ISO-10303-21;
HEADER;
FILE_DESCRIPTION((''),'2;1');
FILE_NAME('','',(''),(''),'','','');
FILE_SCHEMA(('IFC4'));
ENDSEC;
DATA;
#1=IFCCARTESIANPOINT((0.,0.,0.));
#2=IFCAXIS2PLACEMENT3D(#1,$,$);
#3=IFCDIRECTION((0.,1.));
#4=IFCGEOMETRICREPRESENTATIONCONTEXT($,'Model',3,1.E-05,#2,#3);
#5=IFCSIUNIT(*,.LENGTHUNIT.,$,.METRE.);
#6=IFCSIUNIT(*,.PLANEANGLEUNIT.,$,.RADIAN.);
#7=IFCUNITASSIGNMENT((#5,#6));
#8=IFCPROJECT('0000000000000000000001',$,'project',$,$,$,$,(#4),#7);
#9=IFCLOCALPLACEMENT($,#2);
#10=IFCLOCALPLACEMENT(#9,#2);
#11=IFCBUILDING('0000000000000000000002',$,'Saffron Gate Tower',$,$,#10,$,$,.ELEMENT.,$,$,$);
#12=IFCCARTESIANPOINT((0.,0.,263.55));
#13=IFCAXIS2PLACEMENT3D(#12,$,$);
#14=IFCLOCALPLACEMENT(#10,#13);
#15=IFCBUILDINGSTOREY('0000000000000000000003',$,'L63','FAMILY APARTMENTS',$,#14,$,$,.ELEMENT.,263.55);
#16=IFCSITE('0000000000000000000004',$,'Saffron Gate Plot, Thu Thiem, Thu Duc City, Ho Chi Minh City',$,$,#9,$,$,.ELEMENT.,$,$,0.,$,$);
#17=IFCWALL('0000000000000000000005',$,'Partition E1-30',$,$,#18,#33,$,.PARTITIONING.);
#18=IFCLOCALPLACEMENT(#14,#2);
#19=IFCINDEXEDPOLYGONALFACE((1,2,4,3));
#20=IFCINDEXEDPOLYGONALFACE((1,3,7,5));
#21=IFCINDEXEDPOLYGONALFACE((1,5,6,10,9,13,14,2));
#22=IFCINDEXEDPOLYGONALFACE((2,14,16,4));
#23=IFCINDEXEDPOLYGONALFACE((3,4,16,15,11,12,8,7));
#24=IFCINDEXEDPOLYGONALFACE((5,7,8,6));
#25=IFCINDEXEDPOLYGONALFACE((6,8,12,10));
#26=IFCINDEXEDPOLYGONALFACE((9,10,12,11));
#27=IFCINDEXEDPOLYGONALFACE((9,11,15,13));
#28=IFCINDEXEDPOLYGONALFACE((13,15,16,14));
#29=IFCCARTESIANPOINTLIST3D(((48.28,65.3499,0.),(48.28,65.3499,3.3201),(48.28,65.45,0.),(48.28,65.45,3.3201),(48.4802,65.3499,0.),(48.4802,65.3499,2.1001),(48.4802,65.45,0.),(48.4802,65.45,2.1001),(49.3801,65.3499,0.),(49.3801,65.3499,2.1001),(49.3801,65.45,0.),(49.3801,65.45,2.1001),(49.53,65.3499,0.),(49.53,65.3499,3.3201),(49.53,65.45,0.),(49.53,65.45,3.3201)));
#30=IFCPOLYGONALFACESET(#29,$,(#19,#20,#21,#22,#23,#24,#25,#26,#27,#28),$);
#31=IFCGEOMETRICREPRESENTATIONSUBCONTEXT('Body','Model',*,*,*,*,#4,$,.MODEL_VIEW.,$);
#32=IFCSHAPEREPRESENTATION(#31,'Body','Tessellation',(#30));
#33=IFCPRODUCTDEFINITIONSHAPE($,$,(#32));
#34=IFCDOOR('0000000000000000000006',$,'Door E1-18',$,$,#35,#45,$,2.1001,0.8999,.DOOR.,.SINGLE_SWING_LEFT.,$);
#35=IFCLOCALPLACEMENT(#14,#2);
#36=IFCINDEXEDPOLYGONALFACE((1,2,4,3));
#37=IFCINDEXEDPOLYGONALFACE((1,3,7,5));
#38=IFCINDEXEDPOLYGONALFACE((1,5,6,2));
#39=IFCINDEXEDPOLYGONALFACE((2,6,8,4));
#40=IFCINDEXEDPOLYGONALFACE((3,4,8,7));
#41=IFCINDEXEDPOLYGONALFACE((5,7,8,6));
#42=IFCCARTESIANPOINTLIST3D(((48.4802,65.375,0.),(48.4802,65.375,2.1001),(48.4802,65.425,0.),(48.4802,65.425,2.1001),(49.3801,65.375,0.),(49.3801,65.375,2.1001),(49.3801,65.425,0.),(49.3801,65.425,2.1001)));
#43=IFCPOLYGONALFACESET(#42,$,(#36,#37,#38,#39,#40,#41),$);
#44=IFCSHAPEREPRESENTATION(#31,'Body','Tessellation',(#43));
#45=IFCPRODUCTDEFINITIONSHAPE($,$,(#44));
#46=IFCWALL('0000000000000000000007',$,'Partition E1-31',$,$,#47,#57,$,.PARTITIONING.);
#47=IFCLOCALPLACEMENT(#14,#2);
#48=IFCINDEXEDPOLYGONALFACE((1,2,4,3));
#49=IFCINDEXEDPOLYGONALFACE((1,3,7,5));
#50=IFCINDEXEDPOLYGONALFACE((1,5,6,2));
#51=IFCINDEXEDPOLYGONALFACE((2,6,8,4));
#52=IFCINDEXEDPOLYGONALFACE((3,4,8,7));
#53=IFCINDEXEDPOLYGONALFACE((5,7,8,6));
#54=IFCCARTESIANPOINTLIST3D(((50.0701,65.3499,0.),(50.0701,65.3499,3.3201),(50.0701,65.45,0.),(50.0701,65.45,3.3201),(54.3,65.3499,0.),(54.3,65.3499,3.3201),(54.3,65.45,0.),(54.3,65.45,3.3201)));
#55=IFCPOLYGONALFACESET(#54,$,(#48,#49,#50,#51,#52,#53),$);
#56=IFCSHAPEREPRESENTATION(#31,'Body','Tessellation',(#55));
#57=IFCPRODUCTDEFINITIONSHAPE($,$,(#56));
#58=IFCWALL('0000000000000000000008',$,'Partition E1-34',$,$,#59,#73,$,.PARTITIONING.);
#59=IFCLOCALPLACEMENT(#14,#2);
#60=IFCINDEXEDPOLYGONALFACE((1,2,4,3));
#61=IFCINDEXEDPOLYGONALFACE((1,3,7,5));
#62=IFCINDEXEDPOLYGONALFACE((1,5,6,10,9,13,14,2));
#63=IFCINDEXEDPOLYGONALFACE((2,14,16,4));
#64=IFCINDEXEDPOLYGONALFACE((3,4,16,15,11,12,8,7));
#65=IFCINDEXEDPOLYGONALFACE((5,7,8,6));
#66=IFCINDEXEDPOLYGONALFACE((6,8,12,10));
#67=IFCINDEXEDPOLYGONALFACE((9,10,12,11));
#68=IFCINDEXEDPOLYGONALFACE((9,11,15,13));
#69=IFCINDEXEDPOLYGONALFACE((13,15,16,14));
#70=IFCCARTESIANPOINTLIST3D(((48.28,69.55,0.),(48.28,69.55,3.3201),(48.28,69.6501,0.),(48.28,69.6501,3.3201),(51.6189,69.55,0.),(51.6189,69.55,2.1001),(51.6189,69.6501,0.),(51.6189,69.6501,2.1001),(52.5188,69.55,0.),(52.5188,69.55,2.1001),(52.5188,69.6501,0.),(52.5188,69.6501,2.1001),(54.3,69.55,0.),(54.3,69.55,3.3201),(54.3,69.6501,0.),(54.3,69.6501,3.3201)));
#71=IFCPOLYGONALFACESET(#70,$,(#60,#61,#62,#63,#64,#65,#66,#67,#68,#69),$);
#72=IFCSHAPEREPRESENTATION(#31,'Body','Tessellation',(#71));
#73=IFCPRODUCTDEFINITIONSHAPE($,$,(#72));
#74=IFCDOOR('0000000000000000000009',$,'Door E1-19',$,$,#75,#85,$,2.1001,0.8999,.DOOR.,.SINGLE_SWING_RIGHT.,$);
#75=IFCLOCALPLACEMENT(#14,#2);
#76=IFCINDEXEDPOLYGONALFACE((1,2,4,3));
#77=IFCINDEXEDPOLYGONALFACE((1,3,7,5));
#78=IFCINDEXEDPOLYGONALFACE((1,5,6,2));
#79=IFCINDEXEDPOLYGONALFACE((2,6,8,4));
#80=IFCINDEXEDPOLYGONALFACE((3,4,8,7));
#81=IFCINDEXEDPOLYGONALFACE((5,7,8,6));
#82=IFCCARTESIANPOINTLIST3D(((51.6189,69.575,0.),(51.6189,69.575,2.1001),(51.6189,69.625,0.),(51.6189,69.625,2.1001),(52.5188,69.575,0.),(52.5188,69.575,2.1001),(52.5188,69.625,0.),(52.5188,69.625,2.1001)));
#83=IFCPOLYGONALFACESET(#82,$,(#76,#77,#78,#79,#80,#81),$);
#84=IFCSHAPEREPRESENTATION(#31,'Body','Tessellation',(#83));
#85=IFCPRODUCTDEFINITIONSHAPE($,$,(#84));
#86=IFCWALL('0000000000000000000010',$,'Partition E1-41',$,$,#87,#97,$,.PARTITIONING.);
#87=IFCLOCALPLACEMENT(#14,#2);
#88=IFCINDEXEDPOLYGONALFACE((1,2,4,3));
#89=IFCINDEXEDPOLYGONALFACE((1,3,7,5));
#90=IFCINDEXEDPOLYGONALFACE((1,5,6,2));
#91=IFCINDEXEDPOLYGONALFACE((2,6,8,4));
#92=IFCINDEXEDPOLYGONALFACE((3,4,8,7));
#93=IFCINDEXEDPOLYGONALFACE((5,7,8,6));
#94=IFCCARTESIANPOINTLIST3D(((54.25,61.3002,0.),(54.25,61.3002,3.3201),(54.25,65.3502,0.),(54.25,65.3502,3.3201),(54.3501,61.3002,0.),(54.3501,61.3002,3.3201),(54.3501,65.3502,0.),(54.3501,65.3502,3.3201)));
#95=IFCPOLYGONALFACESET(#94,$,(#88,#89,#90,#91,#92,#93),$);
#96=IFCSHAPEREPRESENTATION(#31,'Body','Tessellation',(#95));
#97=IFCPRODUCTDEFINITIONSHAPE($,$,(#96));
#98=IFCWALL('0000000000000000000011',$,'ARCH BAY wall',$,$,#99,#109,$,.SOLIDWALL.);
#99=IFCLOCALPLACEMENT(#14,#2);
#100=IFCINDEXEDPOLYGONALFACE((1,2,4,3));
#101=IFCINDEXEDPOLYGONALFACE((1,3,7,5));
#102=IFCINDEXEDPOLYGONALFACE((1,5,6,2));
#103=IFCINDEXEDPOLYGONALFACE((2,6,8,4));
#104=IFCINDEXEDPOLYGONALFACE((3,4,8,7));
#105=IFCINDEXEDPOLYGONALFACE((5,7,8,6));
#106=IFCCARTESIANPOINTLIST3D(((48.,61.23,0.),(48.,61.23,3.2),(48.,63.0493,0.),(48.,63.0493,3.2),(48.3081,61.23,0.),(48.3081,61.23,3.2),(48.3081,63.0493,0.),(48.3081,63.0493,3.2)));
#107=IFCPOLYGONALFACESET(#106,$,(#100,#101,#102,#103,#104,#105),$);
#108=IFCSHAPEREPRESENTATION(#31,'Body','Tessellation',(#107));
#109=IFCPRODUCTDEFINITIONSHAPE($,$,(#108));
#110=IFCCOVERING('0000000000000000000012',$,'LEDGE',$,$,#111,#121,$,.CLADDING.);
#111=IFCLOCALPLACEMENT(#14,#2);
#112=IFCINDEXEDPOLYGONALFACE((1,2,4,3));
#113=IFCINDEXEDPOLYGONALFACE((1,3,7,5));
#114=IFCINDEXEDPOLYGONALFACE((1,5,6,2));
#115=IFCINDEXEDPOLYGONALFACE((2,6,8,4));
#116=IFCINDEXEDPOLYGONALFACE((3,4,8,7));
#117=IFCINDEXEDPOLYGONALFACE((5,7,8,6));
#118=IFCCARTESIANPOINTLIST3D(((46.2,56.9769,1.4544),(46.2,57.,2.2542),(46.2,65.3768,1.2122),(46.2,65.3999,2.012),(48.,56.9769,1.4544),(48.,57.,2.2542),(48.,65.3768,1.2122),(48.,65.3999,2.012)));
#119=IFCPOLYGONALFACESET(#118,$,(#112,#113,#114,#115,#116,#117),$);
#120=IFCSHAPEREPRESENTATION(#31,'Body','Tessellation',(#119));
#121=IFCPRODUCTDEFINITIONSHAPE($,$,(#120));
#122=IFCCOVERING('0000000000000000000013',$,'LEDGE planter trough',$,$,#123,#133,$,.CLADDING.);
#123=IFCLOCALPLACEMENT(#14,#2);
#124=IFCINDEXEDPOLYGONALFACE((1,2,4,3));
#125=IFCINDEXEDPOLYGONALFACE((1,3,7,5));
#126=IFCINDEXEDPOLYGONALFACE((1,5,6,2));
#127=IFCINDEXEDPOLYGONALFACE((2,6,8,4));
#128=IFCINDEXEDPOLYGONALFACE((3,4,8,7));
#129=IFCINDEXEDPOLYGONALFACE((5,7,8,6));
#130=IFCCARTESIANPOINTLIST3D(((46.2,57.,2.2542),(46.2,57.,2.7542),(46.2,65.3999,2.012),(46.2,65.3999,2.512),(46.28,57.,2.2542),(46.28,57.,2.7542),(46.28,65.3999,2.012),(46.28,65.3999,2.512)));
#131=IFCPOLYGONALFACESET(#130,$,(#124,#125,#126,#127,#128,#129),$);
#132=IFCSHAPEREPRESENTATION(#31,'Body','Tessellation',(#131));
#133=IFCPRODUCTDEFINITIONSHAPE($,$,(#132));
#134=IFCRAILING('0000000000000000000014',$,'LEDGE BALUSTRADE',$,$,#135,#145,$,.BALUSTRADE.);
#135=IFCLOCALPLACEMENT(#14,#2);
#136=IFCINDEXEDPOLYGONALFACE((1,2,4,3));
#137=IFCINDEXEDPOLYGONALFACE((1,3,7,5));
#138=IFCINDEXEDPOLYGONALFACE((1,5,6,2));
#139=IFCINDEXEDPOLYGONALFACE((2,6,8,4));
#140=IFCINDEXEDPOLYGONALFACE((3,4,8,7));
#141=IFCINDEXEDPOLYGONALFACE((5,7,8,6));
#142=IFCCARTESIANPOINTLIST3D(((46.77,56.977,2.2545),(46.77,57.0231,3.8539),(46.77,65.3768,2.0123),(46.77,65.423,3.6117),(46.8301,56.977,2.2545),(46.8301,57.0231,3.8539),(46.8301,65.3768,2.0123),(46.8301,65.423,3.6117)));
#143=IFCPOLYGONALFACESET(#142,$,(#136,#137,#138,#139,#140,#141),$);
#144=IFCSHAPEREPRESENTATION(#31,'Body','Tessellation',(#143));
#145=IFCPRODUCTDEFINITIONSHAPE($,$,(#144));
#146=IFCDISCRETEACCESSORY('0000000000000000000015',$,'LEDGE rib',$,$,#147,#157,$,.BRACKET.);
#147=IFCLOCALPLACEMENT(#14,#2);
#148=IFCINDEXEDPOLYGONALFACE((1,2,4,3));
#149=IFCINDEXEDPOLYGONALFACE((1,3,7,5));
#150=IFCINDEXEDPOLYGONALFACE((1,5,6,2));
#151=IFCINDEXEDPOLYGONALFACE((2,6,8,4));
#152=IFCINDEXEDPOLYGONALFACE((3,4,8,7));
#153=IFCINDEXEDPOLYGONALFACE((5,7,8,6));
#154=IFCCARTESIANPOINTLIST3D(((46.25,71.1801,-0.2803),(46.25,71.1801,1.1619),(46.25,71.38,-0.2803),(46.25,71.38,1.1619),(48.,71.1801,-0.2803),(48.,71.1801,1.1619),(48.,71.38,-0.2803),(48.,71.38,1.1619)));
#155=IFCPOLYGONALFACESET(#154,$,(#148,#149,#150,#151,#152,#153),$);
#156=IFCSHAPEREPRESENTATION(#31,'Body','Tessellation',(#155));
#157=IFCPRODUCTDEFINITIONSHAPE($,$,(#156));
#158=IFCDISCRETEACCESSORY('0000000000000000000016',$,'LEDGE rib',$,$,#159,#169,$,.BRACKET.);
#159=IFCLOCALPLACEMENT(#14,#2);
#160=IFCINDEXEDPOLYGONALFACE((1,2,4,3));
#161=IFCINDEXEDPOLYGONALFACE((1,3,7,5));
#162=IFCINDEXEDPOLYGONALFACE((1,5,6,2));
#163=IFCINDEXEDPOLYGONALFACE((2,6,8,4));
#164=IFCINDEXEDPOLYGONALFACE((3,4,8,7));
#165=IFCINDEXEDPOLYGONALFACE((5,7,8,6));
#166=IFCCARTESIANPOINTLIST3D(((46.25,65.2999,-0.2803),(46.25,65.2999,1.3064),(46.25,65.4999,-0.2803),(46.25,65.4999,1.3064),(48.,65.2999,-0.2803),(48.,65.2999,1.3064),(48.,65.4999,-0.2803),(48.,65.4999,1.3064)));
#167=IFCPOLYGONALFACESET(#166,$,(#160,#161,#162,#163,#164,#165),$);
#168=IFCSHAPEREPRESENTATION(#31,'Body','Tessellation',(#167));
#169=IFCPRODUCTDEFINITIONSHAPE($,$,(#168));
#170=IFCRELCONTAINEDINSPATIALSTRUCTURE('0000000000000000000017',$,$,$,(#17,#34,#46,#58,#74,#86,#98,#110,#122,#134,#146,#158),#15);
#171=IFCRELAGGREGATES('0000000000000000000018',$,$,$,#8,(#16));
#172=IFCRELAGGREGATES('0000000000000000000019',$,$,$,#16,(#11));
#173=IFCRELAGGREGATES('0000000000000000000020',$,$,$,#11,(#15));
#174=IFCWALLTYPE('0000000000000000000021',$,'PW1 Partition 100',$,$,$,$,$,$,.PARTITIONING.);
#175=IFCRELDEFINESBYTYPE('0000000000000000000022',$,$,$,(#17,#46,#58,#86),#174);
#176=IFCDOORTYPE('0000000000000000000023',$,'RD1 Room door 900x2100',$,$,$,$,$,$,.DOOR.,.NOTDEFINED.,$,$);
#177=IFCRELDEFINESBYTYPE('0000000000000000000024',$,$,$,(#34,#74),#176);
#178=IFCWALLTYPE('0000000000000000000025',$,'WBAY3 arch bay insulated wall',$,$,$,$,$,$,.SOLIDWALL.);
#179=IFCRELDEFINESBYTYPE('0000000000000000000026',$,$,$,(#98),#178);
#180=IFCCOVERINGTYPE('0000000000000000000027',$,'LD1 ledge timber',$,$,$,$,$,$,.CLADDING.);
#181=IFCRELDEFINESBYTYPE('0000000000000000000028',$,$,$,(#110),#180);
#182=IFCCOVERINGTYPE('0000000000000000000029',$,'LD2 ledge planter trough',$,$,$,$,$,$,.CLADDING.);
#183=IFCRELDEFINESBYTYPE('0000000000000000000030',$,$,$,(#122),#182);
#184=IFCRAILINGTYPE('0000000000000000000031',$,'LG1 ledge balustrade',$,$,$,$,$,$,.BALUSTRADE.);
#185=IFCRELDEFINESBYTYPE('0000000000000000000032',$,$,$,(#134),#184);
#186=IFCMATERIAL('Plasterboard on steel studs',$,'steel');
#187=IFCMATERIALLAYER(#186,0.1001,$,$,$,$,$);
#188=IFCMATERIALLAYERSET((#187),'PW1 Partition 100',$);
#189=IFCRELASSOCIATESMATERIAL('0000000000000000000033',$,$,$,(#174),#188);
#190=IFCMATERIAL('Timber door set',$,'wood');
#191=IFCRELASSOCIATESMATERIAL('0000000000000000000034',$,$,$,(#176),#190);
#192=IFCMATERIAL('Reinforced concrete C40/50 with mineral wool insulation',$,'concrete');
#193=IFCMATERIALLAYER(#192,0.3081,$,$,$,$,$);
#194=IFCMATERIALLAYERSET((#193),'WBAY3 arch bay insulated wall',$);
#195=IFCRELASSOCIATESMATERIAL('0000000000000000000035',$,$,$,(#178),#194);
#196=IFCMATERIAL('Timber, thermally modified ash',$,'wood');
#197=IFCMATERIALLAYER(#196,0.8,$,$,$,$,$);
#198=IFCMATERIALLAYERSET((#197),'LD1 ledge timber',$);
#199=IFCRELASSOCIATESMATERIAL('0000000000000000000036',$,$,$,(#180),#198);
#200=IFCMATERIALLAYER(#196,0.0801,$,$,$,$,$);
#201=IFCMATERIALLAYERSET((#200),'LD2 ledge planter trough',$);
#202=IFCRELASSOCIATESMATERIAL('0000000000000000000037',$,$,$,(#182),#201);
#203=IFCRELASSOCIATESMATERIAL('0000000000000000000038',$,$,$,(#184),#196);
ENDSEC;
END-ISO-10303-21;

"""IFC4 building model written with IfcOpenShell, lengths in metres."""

from ifc_helpers import new_model, si_unit, direction, frame, frame_2d, origin, origin_2d, place, context, subcontext, project, spatial, polyline, rectangle, outline, extrude, material, layer, layer_set, type_object, element, fill, save


model = new_model("IFC4")

# Units and contexts
model_context = context("Model", 3, precision=1e-05, world=origin(), true_north=direction((0.0, 1.0)))
body_context = subcontext(model_context, "Body", "Model", "MODEL_VIEW")
ifc_project = project(units=[si_unit("LENGTHUNIT", "METRE"), si_unit("PLANEANGLEUNIT", "RADIAN")], contexts=[model_context])

# Site, building, storey
site_placement = place(None, origin())
site = spatial("IfcSite", under=ifc_project, at=site_placement, Name="Saffron Gate Plot, Thu Thiem, Thu Duc City, Ho Chi Minh City", CompositionType="ELEMENT", RefElevation=0.0)
building_placement = place(site_placement, origin())
building = spatial("IfcBuilding", under=site, at=building_placement, Name="Saffron Gate Tower", CompositionType="ELEMENT")
storey_placement = place(building_placement, frame((0.0, 0.0, 263.55)))
storey = spatial("IfcBuildingStorey", under=building, at=storey_placement, Name="L63", Description="FAMILY APARTMENTS", CompositionType="ELEMENT", Elevation=263.55)

# Wall, opening, door
ifc_material_1 = material(Name="Plasterboard on steel studs", Category="steel")
ifc_layer_1 = layer(ifc_material_1, 0.1001)
ifc_layer_set_1 = layer_set([ifc_layer_1], Name="PW1 Partition 100")
wall_type_1 = type_object("IfcWallType", Name="PW1 Partition 100", PredefinedType="PARTITIONING", material=ifc_layer_set_1)
wall_1_placement = place(storey_placement, frame((49.53, 65.3999, 0.0), z_axis=(0.0, 0.0, 1.0), x_axis=(-1.0, 0.0, 0.0)))
wall_1 = element("IfcWall", 1, at=wall_1_placement, inside=storey, type_object=wall_type_1, Name="Partition E1-30", PredefinedType="PARTITIONING", context=body_context, shape_type="SweptSolid", body=[
    extrude(rectangle(XDim=1.25, YDim=0.1001, at=frame_2d((0.625, 0.0))), origin(), (0.0, 0.0, 1.0), 3.3201),
])
opening_1_placement = place(wall_1_placement, frame((0.1499, 0.0, 0.0)))
opening_1 = element("IfcOpeningElement", 2, at=opening_1_placement, cuts=wall_1, PredefinedType="OPENING", context=body_context, shape_type="SweptSolid", body=[
    extrude(rectangle(XDim=0.8999, YDim=2.1001, at=frame_2d((0.45, 1.05))), frame((0.0, 0.0601, 0.0), z_axis=(0.0, -1.0, 0.0), x_axis=(1.0, 0.0, 0.0)), (0.0, 0.0, 1.0), 0.1201),
])
ifc_material_2 = material(Name="Timber door set", Category="wood")
door_type = type_object("IfcDoorType", Name="RD1 Room door 900x2100", OperationType="NOTDEFINED", PredefinedType="DOOR", material=ifc_material_2)
door_1_placement = place(opening_1_placement, origin())
door_1 = element("IfcDoor", 3, at=door_1_placement, inside=storey, type_object=door_type, Name="Door E1-18", OperationType="SINGLE_SWING_LEFT", OverallHeight=2.1001, OverallWidth=0.8999, PredefinedType="DOOR", context=body_context, shape_type="SweptSolid", body=[
    extrude(rectangle(XDim=0.8999, YDim=2.1001, at=frame_2d((0.45, 1.05))), frame((0.0, 0.0249, 0.0), z_axis=(0.0, -1.0, 0.0), x_axis=(1.0, 0.0, 0.0)), (0.0, 0.0, 1.0), 0.05),
])
fill(opening_1, door_1)

# Wall
wall_2_placement = place(storey_placement, frame((50.0701, 65.3999, 0.0), z_axis=(0.0, 0.0, 1.0), x_axis=(1.0, 0.0, 0.0)))
element("IfcWall", 4, at=wall_2_placement, inside=storey, type_object=wall_type_1, Name="Partition E1-31", PredefinedType="PARTITIONING", context=body_context, shape_type="SweptSolid", body=[
    extrude(rectangle(XDim=4.23, YDim=0.1001, at=frame_2d((2.115, 0.0))), origin(), (0.0, 0.0, 1.0), 3.3201),
])

# Wall, opening, door
wall_3_placement = place(storey_placement, frame((48.28, 69.6001, 0.0), z_axis=(0.0, 0.0, 1.0), x_axis=(1.0, 0.0, 0.0)))
wall_3 = element("IfcWall", 5, at=wall_3_placement, inside=storey, type_object=wall_type_1, Name="Partition E1-34", PredefinedType="PARTITIONING", context=body_context, shape_type="SweptSolid", body=[
    extrude(rectangle(XDim=6.02, YDim=0.1001, at=frame_2d((3.01, 0.0))), origin(), (0.0, 0.0, 1.0), 3.3201),
])
opening_2_placement = place(wall_3_placement, frame((3.3389, 0.0, 0.0)))
opening_2 = element("IfcOpeningElement", 6, at=opening_2_placement, cuts=wall_3, PredefinedType="OPENING", context=body_context, shape_type="SweptSolid", body=[
    extrude(rectangle(XDim=0.8999, YDim=2.1001, at=frame_2d((0.45, 1.05))), frame((0.0, 0.0601, 0.0), z_axis=(0.0, -1.0, 0.0), x_axis=(1.0, 0.0, 0.0)), (0.0, 0.0, 1.0), 0.1201),
])
door_2_placement = place(opening_2_placement, origin())
door_2 = element("IfcDoor", 7, at=door_2_placement, inside=storey, type_object=door_type, Name="Door E1-19", OperationType="SINGLE_SWING_RIGHT", OverallHeight=2.1001, OverallWidth=0.8999, PredefinedType="DOOR", context=body_context, shape_type="SweptSolid", body=[
    extrude(rectangle(XDim=0.8999, YDim=2.1001, at=frame_2d((0.45, 1.05))), frame((0.0, 0.0249, 0.0), z_axis=(0.0, -1.0, 0.0), x_axis=(1.0, 0.0, 0.0)), (0.0, 0.0, 1.0), 0.05),
])
fill(opening_2, door_2)

# Walls
wall_4_placement = place(storey_placement, frame((54.3, 65.3501, 0.0), z_axis=(0.0, 0.0, 1.0), x_axis=(0.0, -1.0, 0.0)))
element("IfcWall", 8, at=wall_4_placement, inside=storey, type_object=wall_type_1, Name="Partition E1-41", PredefinedType="PARTITIONING", context=body_context, shape_type="SweptSolid", body=[
    extrude(rectangle(XDim=4.05, YDim=0.1001, at=frame_2d((2.0249, 0.0))), origin(), (0.0, 0.0, 1.0), 3.3201),
])
ifc_material_3 = material(Name="Reinforced concrete C40/50 with mineral wool insulation", Category="concrete")
ifc_layer_2 = layer(ifc_material_3, 0.3081)
ifc_layer_set_2 = layer_set([ifc_layer_2], Name="WBAY3 arch bay insulated wall")
wall_type_2 = type_object("IfcWallType", Name="WBAY3 arch bay insulated wall", PredefinedType="SOLIDWALL", material=ifc_layer_set_2)
wall_5_placement = place(storey_placement, frame((48.1541, 61.23, 0.0), z_axis=(0.0, 0.0, 1.0), x_axis=(0.0, 1.0, 0.0)))
element("IfcWall", 9, at=wall_5_placement, inside=storey, type_object=wall_type_2, Name="ARCH BAY wall", PredefinedType="SOLIDWALL", context=body_context, shape_type="SweptSolid", body=[
    extrude(rectangle(XDim=1.8193, YDim=0.3081, at=frame_2d((0.9097, 0.0))), origin(), (0.0, 0.0, 1.0), 3.2),
])

# Coverings
ifc_material_4 = material(Name="Timber, thermally modified ash", Category="wood")
ifc_layer_3 = layer(ifc_material_4, 0.8)
ifc_layer_set_3 = layer_set([ifc_layer_3], Name="LD1 ledge timber")
covering_type_1 = type_object("IfcCoveringType", Name="LD1 ledge timber", PredefinedType="CLADDING", material=ifc_layer_set_3)
covering_1_placement = place(storey_placement, frame((48.0, 65.3999, 2.012), z_axis=(0.0, 0.02882, 0.999585), x_axis=(0.0, -0.999585, 0.02882)))
element("IfcCovering", 10, at=covering_1_placement, inside=storey, type_object=covering_type_1, Name="LEDGE", PredefinedType="CLADDING", context=body_context, shape_type="SweptSolid", body=[
    extrude(outline(polyline([(0.0, 0.0), (8.4034, 0.0), (8.4034, -1.8), (0.0, -1.8), (0.0, 0.0)])), origin(), (0.0, 0.0, -1.0), 0.8),
])
ifc_layer_4 = layer(ifc_material_4, 0.0801)
ifc_layer_set_4 = layer_set([ifc_layer_4], Name="LD2 ledge planter trough")
covering_type_2 = type_object("IfcCoveringType", Name="LD2 ledge planter trough", PredefinedType="CLADDING", material=ifc_layer_set_4)
covering_2_placement = place(storey_placement, frame((46.2, 65.3999, 2.012), z_axis=(-1.0, 0.0, 0.0), x_axis=(0.0, -0.999585, 0.02882)))
element("IfcCovering", 11, at=covering_2_placement, inside=storey, type_object=covering_type_2, Name="LEDGE planter trough", PredefinedType="CLADDING", context=body_context, shape_type="SweptSolid", body=[
    extrude(outline(polyline([(0.0, 0.0), (8.4034, 0.0), (8.4178, 0.4998), (0.0144, 0.4998), (0.0, 0.0)])), origin(), (0.0, 0.0, -1.0), 0.0801),
])

# Railing
railing_type = type_object("IfcRailingType", Name="LG1 ledge balustrade", PredefinedType="BALUSTRADE", material=ifc_material_4)
railing_placement = place(storey_placement, frame((46.8, 65.3999, 2.012)))
element("IfcRailing", 12, at=railing_placement, inside=storey, type_object=railing_type, Name="LEDGE BALUSTRADE", PredefinedType="BALUSTRADE", context=body_context, shape_type="SweptSolid", body=[
    extrude(rectangle(XDim=0.0601, YDim=1.6001, at=origin_2d()), frame((0.0, 0.0, 0.8), z_axis=(0.0, -0.999585, 0.02882), x_axis=(1.0, 0.0, 0.0)), (0.0, 0.0, 1.0), 8.4033),
])

# Discrete accessories
discrete_accessory_1_placement = place(storey_placement, frame((47.125, 71.28, -0.2803), z_axis=(0.0, 0.0, 1.0), x_axis=(0.0, -1.0, 0.0)))
element("IfcDiscreteAccessory", 13, at=discrete_accessory_1_placement, inside=storey, Name="LEDGE rib", PredefinedType="BRACKET", context=body_context, shape_type="SweptSolid", body=[
    extrude(rectangle(XDim=0.2, YDim=1.75, at=origin_2d()), origin(), (0.0, 0.0, 1.0), 1.4421),
])
discrete_accessory_2_placement = place(storey_placement, frame((47.125, 65.3999, -0.2803), z_axis=(0.0, 0.0, 1.0), x_axis=(0.0, -1.0, 0.0)))
element("IfcDiscreteAccessory", 14, at=discrete_accessory_2_placement, inside=storey, Name="LEDGE rib", PredefinedType="BRACKET", context=body_context, shape_type="SweptSolid", body=[
    extrude(rectangle(XDim=0.2, YDim=1.75, at=origin_2d()), origin(), (0.0, 0.0, 1.0), 1.5867),
])

save(model, "model.ifc")
